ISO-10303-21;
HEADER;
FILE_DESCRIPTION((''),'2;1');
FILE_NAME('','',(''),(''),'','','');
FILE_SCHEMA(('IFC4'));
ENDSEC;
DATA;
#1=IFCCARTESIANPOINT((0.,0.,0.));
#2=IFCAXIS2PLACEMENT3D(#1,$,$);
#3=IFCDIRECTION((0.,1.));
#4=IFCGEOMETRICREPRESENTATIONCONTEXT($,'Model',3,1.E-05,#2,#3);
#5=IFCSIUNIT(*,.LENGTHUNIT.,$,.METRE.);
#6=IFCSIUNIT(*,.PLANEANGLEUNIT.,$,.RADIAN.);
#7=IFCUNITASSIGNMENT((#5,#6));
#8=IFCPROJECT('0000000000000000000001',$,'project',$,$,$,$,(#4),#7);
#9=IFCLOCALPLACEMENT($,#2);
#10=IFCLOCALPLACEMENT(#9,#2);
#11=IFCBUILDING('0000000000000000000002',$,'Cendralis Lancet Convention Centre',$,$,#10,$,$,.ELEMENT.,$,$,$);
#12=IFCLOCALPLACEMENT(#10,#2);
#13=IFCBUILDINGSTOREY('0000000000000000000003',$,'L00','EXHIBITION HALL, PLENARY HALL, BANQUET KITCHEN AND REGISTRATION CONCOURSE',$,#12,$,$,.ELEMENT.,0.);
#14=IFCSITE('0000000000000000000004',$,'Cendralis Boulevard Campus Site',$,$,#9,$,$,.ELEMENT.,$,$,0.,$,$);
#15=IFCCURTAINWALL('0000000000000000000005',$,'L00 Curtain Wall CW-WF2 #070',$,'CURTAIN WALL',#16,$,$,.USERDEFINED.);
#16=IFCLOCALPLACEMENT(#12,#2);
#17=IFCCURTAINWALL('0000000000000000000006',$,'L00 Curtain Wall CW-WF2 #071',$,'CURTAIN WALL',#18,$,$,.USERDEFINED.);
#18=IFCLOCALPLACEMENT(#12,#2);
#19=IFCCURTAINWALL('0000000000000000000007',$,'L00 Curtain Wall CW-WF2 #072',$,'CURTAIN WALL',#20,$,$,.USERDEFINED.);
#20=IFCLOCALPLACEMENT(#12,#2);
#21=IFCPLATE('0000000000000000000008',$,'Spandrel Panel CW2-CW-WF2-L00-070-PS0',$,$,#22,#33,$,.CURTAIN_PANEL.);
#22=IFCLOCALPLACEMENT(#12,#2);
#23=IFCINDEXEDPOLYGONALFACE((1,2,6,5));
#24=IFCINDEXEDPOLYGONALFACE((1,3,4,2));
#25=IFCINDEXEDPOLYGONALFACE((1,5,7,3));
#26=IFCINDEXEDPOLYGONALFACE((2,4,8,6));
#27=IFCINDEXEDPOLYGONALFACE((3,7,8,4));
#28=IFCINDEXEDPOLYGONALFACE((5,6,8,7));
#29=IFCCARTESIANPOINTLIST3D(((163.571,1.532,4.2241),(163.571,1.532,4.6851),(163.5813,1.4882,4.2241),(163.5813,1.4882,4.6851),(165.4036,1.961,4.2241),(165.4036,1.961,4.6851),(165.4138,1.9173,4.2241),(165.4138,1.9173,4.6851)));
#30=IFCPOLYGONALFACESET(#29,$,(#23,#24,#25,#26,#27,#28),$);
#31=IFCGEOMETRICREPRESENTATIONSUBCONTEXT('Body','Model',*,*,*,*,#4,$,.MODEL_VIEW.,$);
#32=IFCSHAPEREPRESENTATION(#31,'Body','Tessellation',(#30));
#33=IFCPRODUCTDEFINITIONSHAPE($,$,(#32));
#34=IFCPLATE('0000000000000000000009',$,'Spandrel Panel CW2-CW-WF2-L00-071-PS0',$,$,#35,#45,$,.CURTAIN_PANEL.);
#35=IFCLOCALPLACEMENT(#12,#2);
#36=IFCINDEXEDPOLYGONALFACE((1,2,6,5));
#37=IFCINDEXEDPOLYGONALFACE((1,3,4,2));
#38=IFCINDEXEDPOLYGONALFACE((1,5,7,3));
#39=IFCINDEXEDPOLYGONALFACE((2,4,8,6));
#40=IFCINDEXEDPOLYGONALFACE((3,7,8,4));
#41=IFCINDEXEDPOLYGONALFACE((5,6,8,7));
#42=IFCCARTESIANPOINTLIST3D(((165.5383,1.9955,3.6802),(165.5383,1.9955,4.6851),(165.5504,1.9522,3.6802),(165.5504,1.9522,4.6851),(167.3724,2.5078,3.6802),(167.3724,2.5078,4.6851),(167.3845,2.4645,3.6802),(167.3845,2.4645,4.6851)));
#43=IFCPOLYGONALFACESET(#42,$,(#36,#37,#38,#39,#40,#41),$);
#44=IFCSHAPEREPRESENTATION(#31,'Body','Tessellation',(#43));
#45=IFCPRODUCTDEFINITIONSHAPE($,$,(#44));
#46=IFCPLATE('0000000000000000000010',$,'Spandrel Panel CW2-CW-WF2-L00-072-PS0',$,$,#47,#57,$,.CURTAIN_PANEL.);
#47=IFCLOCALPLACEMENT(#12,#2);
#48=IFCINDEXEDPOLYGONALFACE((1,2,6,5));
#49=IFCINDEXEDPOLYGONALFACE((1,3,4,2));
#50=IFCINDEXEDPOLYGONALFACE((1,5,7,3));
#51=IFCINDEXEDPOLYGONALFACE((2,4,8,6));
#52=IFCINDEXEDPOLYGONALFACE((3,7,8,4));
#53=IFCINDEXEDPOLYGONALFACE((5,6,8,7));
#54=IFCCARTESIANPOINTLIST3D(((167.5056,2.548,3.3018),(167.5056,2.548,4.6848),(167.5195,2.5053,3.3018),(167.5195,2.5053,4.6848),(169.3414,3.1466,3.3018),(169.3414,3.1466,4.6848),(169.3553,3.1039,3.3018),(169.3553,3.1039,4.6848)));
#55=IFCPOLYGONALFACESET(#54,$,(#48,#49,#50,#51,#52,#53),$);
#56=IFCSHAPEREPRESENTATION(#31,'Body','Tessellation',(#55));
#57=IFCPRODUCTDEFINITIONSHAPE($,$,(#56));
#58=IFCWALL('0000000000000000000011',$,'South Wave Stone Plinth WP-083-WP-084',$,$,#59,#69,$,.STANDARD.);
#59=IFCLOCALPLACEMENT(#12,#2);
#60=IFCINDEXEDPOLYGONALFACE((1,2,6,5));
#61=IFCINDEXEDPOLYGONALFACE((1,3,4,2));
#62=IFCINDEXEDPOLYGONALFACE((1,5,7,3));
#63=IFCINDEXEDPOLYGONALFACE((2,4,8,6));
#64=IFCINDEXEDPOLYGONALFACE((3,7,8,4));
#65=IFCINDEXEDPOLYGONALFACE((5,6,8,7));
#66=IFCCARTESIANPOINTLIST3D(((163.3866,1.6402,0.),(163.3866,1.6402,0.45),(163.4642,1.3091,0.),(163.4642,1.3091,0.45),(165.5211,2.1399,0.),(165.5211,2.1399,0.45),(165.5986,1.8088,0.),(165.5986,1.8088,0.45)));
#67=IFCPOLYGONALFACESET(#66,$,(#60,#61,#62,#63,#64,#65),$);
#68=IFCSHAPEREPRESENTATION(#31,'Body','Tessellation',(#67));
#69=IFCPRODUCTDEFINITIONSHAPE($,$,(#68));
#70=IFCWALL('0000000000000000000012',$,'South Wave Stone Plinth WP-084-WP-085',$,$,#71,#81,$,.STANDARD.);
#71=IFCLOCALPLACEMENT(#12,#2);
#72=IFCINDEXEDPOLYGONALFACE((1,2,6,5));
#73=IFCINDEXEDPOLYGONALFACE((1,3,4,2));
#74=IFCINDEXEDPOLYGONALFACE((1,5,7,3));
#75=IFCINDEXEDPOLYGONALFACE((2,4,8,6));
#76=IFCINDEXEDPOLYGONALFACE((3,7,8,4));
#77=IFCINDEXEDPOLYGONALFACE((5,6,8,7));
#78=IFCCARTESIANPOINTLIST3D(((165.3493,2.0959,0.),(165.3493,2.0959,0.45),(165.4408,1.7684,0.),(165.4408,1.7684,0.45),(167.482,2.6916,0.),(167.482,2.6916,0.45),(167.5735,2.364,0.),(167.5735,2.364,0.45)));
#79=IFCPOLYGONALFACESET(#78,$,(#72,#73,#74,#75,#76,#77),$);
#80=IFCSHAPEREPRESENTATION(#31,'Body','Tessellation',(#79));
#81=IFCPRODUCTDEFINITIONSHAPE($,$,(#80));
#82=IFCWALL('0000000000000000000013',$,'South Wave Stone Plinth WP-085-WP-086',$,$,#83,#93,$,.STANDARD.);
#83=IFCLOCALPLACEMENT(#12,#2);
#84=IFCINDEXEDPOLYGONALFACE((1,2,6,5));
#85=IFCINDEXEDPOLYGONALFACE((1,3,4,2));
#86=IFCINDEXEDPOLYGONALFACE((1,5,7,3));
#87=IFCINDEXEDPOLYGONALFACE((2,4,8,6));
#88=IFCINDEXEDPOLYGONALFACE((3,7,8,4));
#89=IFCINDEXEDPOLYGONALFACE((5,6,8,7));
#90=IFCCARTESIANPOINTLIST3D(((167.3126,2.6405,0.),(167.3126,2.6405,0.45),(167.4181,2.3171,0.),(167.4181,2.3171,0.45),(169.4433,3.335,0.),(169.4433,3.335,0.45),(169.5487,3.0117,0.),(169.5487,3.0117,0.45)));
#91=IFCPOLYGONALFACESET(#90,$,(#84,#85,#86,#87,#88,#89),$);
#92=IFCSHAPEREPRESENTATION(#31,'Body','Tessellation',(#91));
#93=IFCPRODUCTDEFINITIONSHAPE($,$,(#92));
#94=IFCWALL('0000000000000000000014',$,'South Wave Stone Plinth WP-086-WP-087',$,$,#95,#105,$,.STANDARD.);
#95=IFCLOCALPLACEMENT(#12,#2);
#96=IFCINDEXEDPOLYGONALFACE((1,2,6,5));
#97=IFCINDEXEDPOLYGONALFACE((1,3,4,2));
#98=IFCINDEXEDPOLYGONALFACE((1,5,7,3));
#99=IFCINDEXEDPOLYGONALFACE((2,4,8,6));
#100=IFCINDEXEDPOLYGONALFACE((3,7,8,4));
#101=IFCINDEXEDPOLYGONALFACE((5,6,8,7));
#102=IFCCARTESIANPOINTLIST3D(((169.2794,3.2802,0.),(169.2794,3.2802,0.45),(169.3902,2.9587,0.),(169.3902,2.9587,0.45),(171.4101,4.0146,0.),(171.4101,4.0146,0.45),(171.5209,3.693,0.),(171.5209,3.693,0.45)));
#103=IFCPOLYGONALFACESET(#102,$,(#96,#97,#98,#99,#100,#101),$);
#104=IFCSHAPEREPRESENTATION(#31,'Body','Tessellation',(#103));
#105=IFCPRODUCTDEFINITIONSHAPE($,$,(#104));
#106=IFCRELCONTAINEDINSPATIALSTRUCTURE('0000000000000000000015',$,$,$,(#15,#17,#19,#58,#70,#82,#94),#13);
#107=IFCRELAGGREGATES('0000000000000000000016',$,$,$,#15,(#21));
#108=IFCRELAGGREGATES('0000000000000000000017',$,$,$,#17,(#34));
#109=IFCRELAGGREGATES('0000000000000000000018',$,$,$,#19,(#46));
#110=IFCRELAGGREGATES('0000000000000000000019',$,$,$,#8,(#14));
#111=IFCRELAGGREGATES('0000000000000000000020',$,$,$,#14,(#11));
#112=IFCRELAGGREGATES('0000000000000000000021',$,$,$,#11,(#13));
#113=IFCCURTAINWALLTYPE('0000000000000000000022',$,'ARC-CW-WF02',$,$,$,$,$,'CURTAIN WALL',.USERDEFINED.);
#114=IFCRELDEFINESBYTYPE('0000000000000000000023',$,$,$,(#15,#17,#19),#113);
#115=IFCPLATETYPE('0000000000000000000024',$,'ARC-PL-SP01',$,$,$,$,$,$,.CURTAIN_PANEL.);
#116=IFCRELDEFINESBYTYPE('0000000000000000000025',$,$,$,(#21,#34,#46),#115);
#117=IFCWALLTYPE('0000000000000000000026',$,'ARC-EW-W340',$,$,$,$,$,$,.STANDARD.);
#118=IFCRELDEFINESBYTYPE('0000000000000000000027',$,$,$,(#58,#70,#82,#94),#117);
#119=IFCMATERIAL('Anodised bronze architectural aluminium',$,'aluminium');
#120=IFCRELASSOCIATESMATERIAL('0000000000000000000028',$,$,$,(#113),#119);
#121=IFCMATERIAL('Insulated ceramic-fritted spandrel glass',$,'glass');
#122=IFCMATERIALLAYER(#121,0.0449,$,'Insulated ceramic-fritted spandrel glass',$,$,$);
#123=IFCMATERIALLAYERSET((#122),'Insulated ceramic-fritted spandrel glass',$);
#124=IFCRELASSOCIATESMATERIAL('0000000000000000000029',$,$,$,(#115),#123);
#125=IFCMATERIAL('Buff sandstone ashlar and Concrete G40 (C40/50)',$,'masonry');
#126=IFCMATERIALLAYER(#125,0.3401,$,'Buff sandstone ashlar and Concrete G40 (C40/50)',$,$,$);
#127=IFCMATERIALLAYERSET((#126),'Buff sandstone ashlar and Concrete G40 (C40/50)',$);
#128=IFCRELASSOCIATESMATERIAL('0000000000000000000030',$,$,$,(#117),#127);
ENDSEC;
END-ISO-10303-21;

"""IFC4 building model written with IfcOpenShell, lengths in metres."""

from ifc_helpers import new_model, si_unit, direction, frame, frame_2d, origin, origin_2d, place, context, subcontext, project, spatial, rectangle, extrude, material, layer, layer_set, type_object, element, aggregate, save


model = new_model("IFC4")

# Units and contexts
model_context = context("Model", 3, precision=1e-05, world=origin(), true_north=direction((0.0, 1.0)))
body_context = subcontext(model_context, "Body", "Model", "MODEL_VIEW")
ifc_project = project(units=[si_unit("LENGTHUNIT", "METRE"), si_unit("PLANEANGLEUNIT", "RADIAN")], contexts=[model_context])

# Site, building, storey
site_placement = place(None, origin())
site = spatial("IfcSite", under=ifc_project, at=site_placement, Name="Cendralis Boulevard Campus Site", CompositionType="ELEMENT", RefElevation=0.0)
building_placement = place(site_placement, origin())
building = spatial("IfcBuilding", under=site, at=building_placement, Name="Cendralis Lancet Convention Centre", CompositionType="ELEMENT")
storey_placement = place(building_placement, origin())
storey = spatial("IfcBuildingStorey", under=building, at=storey_placement, Name="L00", Description="EXHIBITION HALL, PLENARY HALL, BANQUET KITCHEN AND REGISTRATION CONCOURSE", CompositionType="ELEMENT", Elevation=0.0)

# Shared definitions
ifc_material_1 = material(Name="Anodised bronze architectural aluminium", Category="aluminium")
curtain_wall_type = type_object("IfcCurtainWallType", Name="ARC-CW-WF02", ElementType="CURTAIN WALL", PredefinedType="USERDEFINED", material=ifc_material_1)

# Curtain walls
curtain_wall_1_placement = place(storey_placement, origin())
curtain_wall_1 = element("IfcCurtainWall", 1, at=curtain_wall_1_placement, inside=storey, type_object=curtain_wall_type, Name="L00 Curtain Wall CW-WF2 #070", ObjectType="CURTAIN WALL", PredefinedType="USERDEFINED")
curtain_wall_2_placement = place(storey_placement, origin())
curtain_wall_2 = element("IfcCurtainWall", 2, at=curtain_wall_2_placement, inside=storey, type_object=curtain_wall_type, Name="L00 Curtain Wall CW-WF2 #071", ObjectType="CURTAIN WALL", PredefinedType="USERDEFINED")

# Curtain wall
curtain_wall_3_placement = place(storey_placement, origin())
curtain_wall_3 = element("IfcCurtainWall", 3, at=curtain_wall_3_placement, inside=storey, type_object=curtain_wall_type, Name="L00 Curtain Wall CW-WF2 #072", ObjectType="CURTAIN WALL", PredefinedType="USERDEFINED")

# Plates
ifc_material_2 = material(Name="Insulated ceramic-fritted spandrel glass", Category="glass")
ifc_layer_1 = layer(ifc_material_2, 0.0449, Name="Insulated ceramic-fritted spandrel glass")
ifc_layer_set_1 = layer_set([ifc_layer_1], Name="Insulated ceramic-fritted spandrel glass")
plate_type_1 = type_object("IfcPlateType", Name="ARC-PL-SP01", PredefinedType="CURTAIN_PANEL", material=ifc_layer_set_1)
plate_1_placement = place(storey_placement, frame((164.4924, 1.7246, 4.2241), z_axis=(0.0, 0.0, 1.0), x_axis=(0.973669, 0.227964, 0.0)))
plate_1 = element("IfcPlate", 4, at=plate_1_placement, type_object=plate_type_1, Name="Spandrel Panel CW2-CW-WF2-L00-070-PS0", PredefinedType="CURTAIN_PANEL", context=body_context, shape_type="SweptSolid", body=[
    extrude(rectangle(XDim=1.8821, YDim=0.0449, at=origin_2d()), origin(), (0.0, 0.0, 1.0), 0.4609),
])
aggregate(curtain_wall_1, [plate_1])
plate_2_placement = place(storey_placement, frame((166.4614, 2.23, 3.6802), z_axis=(0.0, 0.0, 1.0), x_axis=(0.963131, 0.269031, 0.0)))
plate_2 = element("IfcPlate", 5, at=plate_2_placement, type_object=plate_type_1, Name="Spandrel Panel CW2-CW-WF2-L00-071-PS0", PredefinedType="CURTAIN_PANEL", context=body_context, shape_type="SweptSolid", body=[
    extrude(rectangle(XDim=1.9043, YDim=0.0449, at=origin_2d()), origin(), (0.0, 0.0, 1.0), 1.0049),
])
aggregate(curtain_wall_2, [plate_2])
plate_3_placement = place(storey_placement, frame((168.4304, 2.8259, 3.3018), z_axis=(0.0, 0.0, 1.0), x_axis=(0.950739, 0.309992, 0.0)))
plate_3 = element("IfcPlate", 6, at=plate_3_placement, type_object=plate_type_1, Name="Spandrel Panel CW2-CW-WF2-L00-072-PS0", PredefinedType="CURTAIN_PANEL", context=body_context, shape_type="SweptSolid", body=[
    extrude(rectangle(XDim=1.9309, YDim=0.0449, at=origin_2d()), origin(), (0.0, 0.0, 1.0), 1.3831),
])
aggregate(curtain_wall_3, [plate_3])

# Walls
ifc_material_3 = material(Name="Buff sandstone ashlar and Concrete G40 (C40/50)", Category="masonry")
ifc_layer_2 = layer(ifc_material_3, 0.3401, Name="Buff sandstone ashlar and Concrete G40 (C40/50)")
ifc_layer_set_2 = layer_set([ifc_layer_2], Name="Buff sandstone ashlar and Concrete G40 (C40/50)")
wall_type = type_object("IfcWallType", Name="ARC-EW-W340", PredefinedType="STANDARD", material=ifc_layer_set_2)
wall_1_placement = place(storey_placement, frame((163.4253, 1.4746, 0.0), z_axis=(0.0, 0.0, 1.0), x_axis=(0.973669, 0.227965, 0.0)))
element("IfcWall", 7, at=wall_1_placement, inside=storey, type_object=wall_type, Name="South Wave Stone Plinth WP-083-WP-084", PredefinedType="STANDARD", context=body_context, shape_type="SweptSolid", body=[
    extrude(rectangle(XDim=2.1921, YDim=0.3401, at=frame_2d((1.0962, 0.0))), origin(), (0.0, 0.0, 1.0), 0.45),
])
wall_2_placement = place(storey_placement, frame((165.395, 1.9321, 0.0), z_axis=(0.0, 0.0, 1.0), x_axis=(0.963138, 0.269008, 0.0)))
element("IfcWall", 8, at=wall_2_placement, inside=storey, type_object=wall_type, Name="South Wave Stone Plinth WP-084-WP-085", PredefinedType="STANDARD", context=body_context, shape_type="SweptSolid", body=[
    extrude(rectangle(XDim=2.2144, YDim=0.3401, at=frame_2d((1.1072, 0.0))), origin(), (0.0, 0.0, 1.0), 0.45),
])
wall_3_placement = place(storey_placement, frame((167.3652, 2.4788, 0.0), z_axis=(0.0, 0.0, 1.0), x_axis=(0.950754, 0.309946, 0.0)))
element("IfcWall", 9, at=wall_3_placement, inside=storey, type_object=wall_type, Name="South Wave Stone Plinth WP-085-WP-086", PredefinedType="STANDARD", context=body_context, shape_type="SweptSolid", body=[
    extrude(rectangle(XDim=2.241, YDim=0.3401, at=frame_2d((1.1206, 0.0))), origin(), (0.0, 0.0, 1.0), 0.45),
])
wall_4_placement = place(storey_placement, frame((169.3347, 3.1194, 0.0), z_axis=(0.0, 0.0, 1.0), x_axis=(0.945417, 0.325864, 0.0)))
element("IfcWall", 10, at=wall_4_placement, inside=storey, type_object=wall_type, Name="South Wave Stone Plinth WP-086-WP-087", PredefinedType="STANDARD", context=body_context, shape_type="SweptSolid", body=[
    extrude(rectangle(XDim=2.2537, YDim=0.3401, at=frame_2d((1.127, 0.0))), origin(), (0.0, 0.0, 1.0), 0.45),
])

save(model, "model.ifc")
